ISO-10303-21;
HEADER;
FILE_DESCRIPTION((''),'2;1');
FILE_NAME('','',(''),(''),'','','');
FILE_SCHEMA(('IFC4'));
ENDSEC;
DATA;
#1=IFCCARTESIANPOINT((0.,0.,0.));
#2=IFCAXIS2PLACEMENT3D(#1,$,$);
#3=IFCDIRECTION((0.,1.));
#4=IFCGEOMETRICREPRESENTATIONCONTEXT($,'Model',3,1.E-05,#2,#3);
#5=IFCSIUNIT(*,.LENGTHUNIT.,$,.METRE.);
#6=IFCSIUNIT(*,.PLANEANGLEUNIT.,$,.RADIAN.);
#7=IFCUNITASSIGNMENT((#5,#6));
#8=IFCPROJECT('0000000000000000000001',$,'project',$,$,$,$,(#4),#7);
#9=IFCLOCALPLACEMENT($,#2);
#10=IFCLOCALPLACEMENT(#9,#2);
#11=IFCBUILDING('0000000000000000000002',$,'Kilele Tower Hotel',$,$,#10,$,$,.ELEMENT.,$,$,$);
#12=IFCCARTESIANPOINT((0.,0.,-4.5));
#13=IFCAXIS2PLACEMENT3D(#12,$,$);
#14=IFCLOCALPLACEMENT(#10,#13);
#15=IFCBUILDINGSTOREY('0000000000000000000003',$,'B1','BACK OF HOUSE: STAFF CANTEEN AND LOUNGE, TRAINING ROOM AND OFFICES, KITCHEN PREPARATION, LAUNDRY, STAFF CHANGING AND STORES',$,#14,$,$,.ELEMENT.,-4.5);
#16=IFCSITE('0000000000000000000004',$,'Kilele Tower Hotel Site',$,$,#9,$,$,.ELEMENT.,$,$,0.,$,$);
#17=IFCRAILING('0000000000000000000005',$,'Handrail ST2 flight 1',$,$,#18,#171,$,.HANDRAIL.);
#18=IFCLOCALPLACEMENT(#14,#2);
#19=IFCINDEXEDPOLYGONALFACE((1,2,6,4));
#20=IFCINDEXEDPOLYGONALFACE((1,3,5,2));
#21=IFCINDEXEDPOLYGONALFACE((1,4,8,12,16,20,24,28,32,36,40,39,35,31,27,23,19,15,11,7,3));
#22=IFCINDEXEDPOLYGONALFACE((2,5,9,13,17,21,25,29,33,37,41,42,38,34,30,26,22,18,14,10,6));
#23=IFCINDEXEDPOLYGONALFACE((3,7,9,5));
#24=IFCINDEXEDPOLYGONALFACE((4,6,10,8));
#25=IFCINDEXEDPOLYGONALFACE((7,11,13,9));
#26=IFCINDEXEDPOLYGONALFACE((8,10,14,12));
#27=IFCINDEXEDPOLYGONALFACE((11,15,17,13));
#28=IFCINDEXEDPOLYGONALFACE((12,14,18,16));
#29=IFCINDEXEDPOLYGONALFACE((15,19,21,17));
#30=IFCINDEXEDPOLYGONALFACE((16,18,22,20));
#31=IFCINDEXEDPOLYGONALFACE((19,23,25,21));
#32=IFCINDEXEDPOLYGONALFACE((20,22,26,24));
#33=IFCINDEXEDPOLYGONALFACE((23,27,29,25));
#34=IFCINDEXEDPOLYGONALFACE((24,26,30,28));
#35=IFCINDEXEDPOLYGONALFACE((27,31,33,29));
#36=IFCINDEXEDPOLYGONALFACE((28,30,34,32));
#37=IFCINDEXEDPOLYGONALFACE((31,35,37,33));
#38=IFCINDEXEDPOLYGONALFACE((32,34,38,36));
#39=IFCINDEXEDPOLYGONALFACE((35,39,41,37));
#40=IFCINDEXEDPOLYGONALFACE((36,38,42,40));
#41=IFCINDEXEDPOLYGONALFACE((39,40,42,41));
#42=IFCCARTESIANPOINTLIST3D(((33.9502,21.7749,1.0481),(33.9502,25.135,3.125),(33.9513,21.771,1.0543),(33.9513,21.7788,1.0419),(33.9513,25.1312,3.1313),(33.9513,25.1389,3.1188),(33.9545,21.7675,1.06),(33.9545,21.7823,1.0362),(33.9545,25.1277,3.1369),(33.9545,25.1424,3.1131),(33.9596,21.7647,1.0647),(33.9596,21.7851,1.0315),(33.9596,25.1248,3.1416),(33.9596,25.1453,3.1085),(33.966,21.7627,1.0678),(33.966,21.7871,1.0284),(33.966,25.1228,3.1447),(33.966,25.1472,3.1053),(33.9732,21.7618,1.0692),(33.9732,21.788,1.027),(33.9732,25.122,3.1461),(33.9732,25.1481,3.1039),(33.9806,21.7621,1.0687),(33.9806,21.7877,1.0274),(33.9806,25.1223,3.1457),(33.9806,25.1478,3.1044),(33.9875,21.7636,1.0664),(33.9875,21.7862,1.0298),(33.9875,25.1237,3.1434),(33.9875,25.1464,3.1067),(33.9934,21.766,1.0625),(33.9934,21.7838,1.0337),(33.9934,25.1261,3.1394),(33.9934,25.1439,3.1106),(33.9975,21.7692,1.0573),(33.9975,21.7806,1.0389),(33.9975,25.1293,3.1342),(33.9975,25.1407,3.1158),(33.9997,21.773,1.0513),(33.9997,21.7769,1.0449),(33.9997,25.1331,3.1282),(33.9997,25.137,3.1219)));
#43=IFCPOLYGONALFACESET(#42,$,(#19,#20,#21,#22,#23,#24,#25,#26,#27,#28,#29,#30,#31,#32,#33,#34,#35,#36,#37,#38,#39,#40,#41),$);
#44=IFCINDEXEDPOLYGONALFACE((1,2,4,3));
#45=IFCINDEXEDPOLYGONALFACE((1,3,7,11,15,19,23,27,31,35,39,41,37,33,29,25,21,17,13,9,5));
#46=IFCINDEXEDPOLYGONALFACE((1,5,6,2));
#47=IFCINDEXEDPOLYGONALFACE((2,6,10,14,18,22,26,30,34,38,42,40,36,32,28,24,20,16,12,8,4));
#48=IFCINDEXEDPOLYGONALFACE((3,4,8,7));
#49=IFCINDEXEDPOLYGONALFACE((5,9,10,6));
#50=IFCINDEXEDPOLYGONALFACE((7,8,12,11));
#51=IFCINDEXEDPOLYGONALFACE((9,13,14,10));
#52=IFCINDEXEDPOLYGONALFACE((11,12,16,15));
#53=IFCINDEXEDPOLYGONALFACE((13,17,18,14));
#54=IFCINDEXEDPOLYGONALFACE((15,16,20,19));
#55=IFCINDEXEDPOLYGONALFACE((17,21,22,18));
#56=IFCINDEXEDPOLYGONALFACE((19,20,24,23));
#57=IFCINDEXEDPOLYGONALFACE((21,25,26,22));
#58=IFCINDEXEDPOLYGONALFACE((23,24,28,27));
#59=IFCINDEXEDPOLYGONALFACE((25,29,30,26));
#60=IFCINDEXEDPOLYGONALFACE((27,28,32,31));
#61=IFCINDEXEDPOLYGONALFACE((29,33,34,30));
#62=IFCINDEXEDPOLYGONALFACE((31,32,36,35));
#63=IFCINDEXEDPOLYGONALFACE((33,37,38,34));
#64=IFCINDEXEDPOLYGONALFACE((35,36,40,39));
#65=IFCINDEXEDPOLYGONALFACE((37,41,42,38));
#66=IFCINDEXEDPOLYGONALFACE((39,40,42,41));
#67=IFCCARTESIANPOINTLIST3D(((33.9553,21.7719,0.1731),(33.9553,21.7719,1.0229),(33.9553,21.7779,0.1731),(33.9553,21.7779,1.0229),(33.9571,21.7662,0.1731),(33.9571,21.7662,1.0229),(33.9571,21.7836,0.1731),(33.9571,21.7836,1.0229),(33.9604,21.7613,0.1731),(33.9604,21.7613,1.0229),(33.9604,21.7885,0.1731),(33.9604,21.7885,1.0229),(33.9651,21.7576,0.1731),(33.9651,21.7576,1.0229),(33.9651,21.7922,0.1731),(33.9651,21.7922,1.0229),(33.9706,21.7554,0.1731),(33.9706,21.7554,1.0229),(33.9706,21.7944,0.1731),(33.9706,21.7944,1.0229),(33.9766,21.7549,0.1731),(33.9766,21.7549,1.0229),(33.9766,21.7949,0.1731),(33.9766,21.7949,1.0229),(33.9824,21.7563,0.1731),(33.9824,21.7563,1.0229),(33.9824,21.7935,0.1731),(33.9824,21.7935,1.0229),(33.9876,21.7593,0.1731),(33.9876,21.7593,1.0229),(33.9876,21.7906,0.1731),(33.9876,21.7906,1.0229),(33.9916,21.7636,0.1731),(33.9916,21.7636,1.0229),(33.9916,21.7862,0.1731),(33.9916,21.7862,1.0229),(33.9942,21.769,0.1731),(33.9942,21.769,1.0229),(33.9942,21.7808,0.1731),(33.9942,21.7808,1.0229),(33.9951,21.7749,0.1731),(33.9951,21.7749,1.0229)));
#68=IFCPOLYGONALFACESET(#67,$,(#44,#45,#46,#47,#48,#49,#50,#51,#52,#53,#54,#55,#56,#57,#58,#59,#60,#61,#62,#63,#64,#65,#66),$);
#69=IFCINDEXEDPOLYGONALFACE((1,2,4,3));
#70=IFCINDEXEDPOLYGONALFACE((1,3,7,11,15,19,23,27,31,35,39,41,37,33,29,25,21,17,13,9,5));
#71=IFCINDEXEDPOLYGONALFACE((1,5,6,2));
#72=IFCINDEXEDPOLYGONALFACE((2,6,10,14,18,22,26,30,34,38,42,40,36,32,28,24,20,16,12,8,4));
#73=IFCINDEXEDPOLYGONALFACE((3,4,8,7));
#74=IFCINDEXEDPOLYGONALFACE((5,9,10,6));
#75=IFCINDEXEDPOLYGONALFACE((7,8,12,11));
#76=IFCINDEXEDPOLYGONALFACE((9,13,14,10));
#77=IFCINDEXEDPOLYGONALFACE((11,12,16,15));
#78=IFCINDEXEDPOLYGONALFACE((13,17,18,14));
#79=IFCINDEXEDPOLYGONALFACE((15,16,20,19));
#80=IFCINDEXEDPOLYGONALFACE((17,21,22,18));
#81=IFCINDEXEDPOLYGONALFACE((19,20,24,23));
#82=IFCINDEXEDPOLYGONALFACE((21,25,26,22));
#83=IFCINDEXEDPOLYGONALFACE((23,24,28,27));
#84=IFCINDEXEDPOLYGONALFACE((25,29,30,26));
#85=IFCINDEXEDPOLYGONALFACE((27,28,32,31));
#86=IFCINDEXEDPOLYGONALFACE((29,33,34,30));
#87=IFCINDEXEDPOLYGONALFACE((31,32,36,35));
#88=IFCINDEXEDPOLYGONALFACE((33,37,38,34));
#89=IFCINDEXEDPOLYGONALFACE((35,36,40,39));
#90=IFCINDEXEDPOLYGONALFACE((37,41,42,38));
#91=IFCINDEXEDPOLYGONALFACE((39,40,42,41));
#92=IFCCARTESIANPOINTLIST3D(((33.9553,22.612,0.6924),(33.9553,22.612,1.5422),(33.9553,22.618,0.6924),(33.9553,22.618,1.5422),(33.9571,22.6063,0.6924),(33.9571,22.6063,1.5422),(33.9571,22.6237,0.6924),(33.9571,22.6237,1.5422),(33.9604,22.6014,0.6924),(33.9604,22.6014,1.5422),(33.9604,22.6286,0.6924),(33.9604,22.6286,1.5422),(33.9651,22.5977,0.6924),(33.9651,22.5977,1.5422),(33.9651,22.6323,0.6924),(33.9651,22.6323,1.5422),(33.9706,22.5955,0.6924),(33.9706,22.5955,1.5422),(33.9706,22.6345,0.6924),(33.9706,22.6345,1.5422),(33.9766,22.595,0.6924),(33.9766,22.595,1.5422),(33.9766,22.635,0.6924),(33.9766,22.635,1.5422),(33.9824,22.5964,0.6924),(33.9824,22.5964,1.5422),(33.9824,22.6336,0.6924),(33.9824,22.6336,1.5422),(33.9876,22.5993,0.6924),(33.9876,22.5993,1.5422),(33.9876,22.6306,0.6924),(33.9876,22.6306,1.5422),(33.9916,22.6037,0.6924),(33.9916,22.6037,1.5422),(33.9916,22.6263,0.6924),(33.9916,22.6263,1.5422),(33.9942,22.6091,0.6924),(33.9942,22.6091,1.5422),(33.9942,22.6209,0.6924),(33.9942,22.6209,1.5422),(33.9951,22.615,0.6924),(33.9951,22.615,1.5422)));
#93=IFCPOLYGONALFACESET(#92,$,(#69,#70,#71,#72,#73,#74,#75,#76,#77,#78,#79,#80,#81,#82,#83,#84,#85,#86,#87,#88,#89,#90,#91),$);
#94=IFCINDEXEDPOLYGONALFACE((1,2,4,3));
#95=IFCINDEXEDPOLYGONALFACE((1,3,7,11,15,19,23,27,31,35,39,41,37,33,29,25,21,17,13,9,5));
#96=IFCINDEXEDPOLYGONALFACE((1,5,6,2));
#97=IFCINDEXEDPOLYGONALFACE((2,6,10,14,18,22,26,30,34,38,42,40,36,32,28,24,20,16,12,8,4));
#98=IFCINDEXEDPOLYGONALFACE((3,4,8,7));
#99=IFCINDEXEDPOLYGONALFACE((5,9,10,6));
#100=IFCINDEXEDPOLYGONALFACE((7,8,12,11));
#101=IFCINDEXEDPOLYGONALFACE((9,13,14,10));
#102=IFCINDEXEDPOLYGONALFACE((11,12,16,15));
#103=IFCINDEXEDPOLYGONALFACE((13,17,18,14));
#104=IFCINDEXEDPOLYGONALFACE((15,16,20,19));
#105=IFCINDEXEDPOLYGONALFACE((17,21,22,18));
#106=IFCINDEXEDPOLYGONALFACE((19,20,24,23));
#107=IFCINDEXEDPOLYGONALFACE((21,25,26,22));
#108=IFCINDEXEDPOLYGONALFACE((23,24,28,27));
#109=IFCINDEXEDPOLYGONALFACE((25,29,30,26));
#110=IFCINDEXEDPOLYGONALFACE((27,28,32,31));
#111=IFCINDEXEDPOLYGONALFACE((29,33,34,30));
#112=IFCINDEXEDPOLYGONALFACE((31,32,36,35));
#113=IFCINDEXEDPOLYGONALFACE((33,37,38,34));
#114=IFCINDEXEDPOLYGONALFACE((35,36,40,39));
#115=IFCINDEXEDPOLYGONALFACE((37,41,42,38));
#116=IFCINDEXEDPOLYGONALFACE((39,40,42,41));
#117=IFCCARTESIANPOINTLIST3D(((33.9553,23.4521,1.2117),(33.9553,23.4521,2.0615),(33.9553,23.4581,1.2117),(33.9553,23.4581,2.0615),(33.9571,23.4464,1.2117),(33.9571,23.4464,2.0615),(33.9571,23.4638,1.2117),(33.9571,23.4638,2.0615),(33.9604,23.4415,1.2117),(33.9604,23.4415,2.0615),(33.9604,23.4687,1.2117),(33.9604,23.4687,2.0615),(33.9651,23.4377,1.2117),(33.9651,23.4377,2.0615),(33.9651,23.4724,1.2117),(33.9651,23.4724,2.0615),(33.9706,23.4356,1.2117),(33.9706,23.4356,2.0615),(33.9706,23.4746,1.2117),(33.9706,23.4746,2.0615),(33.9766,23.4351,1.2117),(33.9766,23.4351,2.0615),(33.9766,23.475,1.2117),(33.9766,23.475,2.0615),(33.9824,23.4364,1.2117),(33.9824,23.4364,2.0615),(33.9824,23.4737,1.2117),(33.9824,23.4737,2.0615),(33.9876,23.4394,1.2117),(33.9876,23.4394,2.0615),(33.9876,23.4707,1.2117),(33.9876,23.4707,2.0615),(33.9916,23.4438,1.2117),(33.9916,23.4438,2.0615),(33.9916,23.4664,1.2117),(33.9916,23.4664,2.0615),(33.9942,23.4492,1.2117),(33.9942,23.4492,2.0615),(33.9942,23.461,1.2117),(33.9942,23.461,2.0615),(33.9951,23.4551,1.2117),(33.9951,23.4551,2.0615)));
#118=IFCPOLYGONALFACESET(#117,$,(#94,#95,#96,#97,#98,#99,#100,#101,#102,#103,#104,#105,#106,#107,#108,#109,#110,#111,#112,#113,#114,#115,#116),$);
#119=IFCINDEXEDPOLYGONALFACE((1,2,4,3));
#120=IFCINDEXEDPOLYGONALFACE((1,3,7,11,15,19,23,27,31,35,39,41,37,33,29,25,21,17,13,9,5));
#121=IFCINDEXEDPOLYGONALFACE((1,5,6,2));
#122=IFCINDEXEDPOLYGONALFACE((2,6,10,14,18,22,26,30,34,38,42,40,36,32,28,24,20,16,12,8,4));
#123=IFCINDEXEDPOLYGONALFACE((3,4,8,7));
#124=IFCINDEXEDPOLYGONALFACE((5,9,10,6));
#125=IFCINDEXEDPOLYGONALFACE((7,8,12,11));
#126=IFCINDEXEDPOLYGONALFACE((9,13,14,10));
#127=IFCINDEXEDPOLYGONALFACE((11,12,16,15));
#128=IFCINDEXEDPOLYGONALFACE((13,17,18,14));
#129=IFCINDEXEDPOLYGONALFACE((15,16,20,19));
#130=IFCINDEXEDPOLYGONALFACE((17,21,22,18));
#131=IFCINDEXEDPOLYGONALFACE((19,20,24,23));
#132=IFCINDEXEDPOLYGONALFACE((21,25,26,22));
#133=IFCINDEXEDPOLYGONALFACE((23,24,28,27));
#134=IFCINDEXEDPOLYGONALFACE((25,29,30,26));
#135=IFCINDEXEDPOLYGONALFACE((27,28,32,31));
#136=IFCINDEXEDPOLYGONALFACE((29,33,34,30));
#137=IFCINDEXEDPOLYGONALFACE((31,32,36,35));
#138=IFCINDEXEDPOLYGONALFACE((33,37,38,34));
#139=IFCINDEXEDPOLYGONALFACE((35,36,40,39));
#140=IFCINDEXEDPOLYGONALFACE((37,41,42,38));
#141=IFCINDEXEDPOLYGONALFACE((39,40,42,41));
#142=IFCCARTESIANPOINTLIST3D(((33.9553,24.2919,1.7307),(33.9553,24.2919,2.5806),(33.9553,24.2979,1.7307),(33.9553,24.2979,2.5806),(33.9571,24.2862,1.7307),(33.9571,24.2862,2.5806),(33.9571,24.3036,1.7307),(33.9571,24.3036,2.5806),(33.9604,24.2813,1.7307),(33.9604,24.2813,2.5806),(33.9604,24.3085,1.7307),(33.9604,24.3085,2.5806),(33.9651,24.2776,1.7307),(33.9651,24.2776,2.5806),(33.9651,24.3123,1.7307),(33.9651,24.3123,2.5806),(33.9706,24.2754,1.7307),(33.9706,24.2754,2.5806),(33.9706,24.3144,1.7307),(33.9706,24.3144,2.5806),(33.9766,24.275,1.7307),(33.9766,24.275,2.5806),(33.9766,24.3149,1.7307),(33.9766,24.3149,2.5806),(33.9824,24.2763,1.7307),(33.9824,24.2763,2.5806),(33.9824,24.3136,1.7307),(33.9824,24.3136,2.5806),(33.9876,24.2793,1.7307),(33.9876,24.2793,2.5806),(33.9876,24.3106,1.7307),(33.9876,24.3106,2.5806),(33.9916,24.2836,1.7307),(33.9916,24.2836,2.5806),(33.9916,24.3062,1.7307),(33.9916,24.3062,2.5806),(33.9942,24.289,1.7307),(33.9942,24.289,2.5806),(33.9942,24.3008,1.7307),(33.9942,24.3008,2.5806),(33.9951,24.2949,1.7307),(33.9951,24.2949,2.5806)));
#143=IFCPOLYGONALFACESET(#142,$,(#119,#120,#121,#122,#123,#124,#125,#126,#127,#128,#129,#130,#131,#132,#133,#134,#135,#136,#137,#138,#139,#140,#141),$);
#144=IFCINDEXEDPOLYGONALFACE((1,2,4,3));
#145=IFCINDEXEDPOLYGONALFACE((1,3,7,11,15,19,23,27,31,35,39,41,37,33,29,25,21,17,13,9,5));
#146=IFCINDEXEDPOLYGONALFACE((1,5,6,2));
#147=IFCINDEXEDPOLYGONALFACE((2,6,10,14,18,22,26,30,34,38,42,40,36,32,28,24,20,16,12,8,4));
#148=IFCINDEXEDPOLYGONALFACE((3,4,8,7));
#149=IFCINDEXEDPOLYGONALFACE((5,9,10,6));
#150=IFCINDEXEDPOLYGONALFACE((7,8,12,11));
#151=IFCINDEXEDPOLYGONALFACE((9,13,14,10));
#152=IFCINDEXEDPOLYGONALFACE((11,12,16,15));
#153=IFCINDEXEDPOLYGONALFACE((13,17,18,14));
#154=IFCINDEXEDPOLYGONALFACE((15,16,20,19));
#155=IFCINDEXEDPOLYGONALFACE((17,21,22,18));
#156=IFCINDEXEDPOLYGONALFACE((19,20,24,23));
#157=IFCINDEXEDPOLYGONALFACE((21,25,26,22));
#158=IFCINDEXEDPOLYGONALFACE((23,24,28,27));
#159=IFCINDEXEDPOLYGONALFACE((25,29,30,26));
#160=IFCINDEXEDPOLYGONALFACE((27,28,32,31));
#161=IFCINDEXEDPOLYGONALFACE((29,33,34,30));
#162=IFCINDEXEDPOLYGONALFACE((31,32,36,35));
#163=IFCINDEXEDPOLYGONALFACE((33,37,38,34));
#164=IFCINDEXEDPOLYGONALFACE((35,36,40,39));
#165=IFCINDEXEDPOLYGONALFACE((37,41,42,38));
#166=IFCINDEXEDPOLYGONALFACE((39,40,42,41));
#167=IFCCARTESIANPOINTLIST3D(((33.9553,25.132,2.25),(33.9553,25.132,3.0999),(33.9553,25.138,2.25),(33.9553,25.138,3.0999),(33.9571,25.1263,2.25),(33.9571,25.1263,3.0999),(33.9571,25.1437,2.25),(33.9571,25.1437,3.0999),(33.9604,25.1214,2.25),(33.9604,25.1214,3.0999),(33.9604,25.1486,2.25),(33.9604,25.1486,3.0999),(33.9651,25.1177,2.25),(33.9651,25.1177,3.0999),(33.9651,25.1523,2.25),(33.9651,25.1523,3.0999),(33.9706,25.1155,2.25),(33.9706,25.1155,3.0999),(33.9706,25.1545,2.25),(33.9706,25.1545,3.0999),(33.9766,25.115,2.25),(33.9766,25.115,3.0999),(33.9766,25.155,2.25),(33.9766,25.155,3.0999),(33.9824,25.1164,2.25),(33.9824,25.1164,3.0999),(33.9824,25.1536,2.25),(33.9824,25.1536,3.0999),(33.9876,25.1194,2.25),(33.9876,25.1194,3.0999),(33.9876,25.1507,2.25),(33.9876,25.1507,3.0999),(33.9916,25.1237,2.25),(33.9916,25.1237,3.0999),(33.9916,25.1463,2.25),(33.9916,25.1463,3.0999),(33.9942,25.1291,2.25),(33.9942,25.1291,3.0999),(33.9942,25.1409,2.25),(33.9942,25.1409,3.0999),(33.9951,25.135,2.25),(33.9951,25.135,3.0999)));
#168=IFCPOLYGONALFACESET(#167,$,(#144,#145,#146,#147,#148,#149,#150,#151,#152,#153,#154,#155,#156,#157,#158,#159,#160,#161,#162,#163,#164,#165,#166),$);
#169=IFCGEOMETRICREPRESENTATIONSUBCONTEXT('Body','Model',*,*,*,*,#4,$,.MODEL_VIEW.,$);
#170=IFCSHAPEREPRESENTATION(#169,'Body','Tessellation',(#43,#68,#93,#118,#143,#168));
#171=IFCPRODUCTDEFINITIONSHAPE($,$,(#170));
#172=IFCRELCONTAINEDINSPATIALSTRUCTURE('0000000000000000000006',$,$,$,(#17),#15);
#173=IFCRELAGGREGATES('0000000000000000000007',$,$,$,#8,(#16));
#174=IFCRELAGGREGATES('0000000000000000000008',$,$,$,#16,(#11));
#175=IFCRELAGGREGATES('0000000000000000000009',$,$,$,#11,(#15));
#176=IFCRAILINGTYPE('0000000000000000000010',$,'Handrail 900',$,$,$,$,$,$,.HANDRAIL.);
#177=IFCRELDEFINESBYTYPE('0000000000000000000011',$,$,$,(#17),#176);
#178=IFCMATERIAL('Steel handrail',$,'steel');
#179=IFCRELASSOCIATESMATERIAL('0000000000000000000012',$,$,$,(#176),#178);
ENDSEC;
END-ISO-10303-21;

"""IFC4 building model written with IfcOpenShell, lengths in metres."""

from ifc_helpers import new_model, si_unit, direction, frame, origin, origin_2d, place, context, subcontext, project, spatial, circle, extrude, material, type_object, element, save


model = new_model("IFC4")

# Units and contexts
model_context = context("Model", 3, precision=1e-05, world=origin(), true_north=direction((0.0, 1.0)))
body_context = subcontext(model_context, "Body", "Model", "MODEL_VIEW")
ifc_project = project(units=[si_unit("LENGTHUNIT", "METRE"), si_unit("PLANEANGLEUNIT", "RADIAN")], contexts=[model_context])

# Site, building, storey
site_placement = place(None, origin())
site = spatial("IfcSite", under=ifc_project, at=site_placement, Name="Kilele Tower Hotel Site", CompositionType="ELEMENT", RefElevation=0.0)
building_placement = place(site_placement, origin())
building = spatial("IfcBuilding", under=site, at=building_placement, Name="Kilele Tower Hotel", CompositionType="ELEMENT")
storey_placement = place(building_placement, frame((0.0, 0.0, -4.5)))
storey = spatial("IfcBuildingStorey", under=building, at=storey_placement, Name="B1", Description="BACK OF HOUSE: STAFF CANTEEN AND LOUNGE, TRAINING ROOM AND OFFICES, KITCHEN PREPARATION, LAUNDRY, STAFF CHANGING AND STORES", CompositionType="ELEMENT", Elevation=-4.5)

# Railing
ifc_material_1 = material(Name="Steel handrail", Category="steel")
railing_type_1 = type_object("IfcRailingType", Name="Handrail 900", PredefinedType="HANDRAIL", material=ifc_material_1)
railing_1_placement = place(storey_placement, frame((33.9751, 21.7749, 0.1731)))
element("IfcRailing", 1, at=railing_1_placement, inside=storey, type_object=railing_type_1, Name="Handrail ST2 flight 1", PredefinedType="HANDRAIL", context=body_context, shape_type="SweptSolid", body=[
    extrude(circle(Radius=0.0249, at=origin_2d()), frame((0.0, 0.0, 0.875), z_axis=(0.0, 0.850623, 0.525776), x_axis=(-1.0, 0.0, 0.0)), (0.0, 0.0, 1.0), 3.9502),
    extrude(circle(Radius=0.02, at=origin_2d()), origin(), (0.0, 0.0, 1.0), 0.8499),
    extrude(circle(Radius=0.02, at=origin_2d()), frame((0.0, 0.8401, 0.5193)), (0.0, 0.0, 1.0), 0.8499),
    extrude(circle(Radius=0.02, at=origin_2d()), frame((0.0, 1.6802, 1.0386)), (0.0, 0.0, 1.0), 0.8499),
    extrude(circle(Radius=0.02, at=origin_2d()), frame((0.0, 2.52, 1.5576)), (0.0, 0.0, 1.0), 0.8499),
    extrude(circle(Radius=0.02, at=origin_2d()), frame((0.0, 3.3601, 2.0769)), (0.0, 0.0, 1.0), 0.8499),
])

save(model, "model.ifc")
